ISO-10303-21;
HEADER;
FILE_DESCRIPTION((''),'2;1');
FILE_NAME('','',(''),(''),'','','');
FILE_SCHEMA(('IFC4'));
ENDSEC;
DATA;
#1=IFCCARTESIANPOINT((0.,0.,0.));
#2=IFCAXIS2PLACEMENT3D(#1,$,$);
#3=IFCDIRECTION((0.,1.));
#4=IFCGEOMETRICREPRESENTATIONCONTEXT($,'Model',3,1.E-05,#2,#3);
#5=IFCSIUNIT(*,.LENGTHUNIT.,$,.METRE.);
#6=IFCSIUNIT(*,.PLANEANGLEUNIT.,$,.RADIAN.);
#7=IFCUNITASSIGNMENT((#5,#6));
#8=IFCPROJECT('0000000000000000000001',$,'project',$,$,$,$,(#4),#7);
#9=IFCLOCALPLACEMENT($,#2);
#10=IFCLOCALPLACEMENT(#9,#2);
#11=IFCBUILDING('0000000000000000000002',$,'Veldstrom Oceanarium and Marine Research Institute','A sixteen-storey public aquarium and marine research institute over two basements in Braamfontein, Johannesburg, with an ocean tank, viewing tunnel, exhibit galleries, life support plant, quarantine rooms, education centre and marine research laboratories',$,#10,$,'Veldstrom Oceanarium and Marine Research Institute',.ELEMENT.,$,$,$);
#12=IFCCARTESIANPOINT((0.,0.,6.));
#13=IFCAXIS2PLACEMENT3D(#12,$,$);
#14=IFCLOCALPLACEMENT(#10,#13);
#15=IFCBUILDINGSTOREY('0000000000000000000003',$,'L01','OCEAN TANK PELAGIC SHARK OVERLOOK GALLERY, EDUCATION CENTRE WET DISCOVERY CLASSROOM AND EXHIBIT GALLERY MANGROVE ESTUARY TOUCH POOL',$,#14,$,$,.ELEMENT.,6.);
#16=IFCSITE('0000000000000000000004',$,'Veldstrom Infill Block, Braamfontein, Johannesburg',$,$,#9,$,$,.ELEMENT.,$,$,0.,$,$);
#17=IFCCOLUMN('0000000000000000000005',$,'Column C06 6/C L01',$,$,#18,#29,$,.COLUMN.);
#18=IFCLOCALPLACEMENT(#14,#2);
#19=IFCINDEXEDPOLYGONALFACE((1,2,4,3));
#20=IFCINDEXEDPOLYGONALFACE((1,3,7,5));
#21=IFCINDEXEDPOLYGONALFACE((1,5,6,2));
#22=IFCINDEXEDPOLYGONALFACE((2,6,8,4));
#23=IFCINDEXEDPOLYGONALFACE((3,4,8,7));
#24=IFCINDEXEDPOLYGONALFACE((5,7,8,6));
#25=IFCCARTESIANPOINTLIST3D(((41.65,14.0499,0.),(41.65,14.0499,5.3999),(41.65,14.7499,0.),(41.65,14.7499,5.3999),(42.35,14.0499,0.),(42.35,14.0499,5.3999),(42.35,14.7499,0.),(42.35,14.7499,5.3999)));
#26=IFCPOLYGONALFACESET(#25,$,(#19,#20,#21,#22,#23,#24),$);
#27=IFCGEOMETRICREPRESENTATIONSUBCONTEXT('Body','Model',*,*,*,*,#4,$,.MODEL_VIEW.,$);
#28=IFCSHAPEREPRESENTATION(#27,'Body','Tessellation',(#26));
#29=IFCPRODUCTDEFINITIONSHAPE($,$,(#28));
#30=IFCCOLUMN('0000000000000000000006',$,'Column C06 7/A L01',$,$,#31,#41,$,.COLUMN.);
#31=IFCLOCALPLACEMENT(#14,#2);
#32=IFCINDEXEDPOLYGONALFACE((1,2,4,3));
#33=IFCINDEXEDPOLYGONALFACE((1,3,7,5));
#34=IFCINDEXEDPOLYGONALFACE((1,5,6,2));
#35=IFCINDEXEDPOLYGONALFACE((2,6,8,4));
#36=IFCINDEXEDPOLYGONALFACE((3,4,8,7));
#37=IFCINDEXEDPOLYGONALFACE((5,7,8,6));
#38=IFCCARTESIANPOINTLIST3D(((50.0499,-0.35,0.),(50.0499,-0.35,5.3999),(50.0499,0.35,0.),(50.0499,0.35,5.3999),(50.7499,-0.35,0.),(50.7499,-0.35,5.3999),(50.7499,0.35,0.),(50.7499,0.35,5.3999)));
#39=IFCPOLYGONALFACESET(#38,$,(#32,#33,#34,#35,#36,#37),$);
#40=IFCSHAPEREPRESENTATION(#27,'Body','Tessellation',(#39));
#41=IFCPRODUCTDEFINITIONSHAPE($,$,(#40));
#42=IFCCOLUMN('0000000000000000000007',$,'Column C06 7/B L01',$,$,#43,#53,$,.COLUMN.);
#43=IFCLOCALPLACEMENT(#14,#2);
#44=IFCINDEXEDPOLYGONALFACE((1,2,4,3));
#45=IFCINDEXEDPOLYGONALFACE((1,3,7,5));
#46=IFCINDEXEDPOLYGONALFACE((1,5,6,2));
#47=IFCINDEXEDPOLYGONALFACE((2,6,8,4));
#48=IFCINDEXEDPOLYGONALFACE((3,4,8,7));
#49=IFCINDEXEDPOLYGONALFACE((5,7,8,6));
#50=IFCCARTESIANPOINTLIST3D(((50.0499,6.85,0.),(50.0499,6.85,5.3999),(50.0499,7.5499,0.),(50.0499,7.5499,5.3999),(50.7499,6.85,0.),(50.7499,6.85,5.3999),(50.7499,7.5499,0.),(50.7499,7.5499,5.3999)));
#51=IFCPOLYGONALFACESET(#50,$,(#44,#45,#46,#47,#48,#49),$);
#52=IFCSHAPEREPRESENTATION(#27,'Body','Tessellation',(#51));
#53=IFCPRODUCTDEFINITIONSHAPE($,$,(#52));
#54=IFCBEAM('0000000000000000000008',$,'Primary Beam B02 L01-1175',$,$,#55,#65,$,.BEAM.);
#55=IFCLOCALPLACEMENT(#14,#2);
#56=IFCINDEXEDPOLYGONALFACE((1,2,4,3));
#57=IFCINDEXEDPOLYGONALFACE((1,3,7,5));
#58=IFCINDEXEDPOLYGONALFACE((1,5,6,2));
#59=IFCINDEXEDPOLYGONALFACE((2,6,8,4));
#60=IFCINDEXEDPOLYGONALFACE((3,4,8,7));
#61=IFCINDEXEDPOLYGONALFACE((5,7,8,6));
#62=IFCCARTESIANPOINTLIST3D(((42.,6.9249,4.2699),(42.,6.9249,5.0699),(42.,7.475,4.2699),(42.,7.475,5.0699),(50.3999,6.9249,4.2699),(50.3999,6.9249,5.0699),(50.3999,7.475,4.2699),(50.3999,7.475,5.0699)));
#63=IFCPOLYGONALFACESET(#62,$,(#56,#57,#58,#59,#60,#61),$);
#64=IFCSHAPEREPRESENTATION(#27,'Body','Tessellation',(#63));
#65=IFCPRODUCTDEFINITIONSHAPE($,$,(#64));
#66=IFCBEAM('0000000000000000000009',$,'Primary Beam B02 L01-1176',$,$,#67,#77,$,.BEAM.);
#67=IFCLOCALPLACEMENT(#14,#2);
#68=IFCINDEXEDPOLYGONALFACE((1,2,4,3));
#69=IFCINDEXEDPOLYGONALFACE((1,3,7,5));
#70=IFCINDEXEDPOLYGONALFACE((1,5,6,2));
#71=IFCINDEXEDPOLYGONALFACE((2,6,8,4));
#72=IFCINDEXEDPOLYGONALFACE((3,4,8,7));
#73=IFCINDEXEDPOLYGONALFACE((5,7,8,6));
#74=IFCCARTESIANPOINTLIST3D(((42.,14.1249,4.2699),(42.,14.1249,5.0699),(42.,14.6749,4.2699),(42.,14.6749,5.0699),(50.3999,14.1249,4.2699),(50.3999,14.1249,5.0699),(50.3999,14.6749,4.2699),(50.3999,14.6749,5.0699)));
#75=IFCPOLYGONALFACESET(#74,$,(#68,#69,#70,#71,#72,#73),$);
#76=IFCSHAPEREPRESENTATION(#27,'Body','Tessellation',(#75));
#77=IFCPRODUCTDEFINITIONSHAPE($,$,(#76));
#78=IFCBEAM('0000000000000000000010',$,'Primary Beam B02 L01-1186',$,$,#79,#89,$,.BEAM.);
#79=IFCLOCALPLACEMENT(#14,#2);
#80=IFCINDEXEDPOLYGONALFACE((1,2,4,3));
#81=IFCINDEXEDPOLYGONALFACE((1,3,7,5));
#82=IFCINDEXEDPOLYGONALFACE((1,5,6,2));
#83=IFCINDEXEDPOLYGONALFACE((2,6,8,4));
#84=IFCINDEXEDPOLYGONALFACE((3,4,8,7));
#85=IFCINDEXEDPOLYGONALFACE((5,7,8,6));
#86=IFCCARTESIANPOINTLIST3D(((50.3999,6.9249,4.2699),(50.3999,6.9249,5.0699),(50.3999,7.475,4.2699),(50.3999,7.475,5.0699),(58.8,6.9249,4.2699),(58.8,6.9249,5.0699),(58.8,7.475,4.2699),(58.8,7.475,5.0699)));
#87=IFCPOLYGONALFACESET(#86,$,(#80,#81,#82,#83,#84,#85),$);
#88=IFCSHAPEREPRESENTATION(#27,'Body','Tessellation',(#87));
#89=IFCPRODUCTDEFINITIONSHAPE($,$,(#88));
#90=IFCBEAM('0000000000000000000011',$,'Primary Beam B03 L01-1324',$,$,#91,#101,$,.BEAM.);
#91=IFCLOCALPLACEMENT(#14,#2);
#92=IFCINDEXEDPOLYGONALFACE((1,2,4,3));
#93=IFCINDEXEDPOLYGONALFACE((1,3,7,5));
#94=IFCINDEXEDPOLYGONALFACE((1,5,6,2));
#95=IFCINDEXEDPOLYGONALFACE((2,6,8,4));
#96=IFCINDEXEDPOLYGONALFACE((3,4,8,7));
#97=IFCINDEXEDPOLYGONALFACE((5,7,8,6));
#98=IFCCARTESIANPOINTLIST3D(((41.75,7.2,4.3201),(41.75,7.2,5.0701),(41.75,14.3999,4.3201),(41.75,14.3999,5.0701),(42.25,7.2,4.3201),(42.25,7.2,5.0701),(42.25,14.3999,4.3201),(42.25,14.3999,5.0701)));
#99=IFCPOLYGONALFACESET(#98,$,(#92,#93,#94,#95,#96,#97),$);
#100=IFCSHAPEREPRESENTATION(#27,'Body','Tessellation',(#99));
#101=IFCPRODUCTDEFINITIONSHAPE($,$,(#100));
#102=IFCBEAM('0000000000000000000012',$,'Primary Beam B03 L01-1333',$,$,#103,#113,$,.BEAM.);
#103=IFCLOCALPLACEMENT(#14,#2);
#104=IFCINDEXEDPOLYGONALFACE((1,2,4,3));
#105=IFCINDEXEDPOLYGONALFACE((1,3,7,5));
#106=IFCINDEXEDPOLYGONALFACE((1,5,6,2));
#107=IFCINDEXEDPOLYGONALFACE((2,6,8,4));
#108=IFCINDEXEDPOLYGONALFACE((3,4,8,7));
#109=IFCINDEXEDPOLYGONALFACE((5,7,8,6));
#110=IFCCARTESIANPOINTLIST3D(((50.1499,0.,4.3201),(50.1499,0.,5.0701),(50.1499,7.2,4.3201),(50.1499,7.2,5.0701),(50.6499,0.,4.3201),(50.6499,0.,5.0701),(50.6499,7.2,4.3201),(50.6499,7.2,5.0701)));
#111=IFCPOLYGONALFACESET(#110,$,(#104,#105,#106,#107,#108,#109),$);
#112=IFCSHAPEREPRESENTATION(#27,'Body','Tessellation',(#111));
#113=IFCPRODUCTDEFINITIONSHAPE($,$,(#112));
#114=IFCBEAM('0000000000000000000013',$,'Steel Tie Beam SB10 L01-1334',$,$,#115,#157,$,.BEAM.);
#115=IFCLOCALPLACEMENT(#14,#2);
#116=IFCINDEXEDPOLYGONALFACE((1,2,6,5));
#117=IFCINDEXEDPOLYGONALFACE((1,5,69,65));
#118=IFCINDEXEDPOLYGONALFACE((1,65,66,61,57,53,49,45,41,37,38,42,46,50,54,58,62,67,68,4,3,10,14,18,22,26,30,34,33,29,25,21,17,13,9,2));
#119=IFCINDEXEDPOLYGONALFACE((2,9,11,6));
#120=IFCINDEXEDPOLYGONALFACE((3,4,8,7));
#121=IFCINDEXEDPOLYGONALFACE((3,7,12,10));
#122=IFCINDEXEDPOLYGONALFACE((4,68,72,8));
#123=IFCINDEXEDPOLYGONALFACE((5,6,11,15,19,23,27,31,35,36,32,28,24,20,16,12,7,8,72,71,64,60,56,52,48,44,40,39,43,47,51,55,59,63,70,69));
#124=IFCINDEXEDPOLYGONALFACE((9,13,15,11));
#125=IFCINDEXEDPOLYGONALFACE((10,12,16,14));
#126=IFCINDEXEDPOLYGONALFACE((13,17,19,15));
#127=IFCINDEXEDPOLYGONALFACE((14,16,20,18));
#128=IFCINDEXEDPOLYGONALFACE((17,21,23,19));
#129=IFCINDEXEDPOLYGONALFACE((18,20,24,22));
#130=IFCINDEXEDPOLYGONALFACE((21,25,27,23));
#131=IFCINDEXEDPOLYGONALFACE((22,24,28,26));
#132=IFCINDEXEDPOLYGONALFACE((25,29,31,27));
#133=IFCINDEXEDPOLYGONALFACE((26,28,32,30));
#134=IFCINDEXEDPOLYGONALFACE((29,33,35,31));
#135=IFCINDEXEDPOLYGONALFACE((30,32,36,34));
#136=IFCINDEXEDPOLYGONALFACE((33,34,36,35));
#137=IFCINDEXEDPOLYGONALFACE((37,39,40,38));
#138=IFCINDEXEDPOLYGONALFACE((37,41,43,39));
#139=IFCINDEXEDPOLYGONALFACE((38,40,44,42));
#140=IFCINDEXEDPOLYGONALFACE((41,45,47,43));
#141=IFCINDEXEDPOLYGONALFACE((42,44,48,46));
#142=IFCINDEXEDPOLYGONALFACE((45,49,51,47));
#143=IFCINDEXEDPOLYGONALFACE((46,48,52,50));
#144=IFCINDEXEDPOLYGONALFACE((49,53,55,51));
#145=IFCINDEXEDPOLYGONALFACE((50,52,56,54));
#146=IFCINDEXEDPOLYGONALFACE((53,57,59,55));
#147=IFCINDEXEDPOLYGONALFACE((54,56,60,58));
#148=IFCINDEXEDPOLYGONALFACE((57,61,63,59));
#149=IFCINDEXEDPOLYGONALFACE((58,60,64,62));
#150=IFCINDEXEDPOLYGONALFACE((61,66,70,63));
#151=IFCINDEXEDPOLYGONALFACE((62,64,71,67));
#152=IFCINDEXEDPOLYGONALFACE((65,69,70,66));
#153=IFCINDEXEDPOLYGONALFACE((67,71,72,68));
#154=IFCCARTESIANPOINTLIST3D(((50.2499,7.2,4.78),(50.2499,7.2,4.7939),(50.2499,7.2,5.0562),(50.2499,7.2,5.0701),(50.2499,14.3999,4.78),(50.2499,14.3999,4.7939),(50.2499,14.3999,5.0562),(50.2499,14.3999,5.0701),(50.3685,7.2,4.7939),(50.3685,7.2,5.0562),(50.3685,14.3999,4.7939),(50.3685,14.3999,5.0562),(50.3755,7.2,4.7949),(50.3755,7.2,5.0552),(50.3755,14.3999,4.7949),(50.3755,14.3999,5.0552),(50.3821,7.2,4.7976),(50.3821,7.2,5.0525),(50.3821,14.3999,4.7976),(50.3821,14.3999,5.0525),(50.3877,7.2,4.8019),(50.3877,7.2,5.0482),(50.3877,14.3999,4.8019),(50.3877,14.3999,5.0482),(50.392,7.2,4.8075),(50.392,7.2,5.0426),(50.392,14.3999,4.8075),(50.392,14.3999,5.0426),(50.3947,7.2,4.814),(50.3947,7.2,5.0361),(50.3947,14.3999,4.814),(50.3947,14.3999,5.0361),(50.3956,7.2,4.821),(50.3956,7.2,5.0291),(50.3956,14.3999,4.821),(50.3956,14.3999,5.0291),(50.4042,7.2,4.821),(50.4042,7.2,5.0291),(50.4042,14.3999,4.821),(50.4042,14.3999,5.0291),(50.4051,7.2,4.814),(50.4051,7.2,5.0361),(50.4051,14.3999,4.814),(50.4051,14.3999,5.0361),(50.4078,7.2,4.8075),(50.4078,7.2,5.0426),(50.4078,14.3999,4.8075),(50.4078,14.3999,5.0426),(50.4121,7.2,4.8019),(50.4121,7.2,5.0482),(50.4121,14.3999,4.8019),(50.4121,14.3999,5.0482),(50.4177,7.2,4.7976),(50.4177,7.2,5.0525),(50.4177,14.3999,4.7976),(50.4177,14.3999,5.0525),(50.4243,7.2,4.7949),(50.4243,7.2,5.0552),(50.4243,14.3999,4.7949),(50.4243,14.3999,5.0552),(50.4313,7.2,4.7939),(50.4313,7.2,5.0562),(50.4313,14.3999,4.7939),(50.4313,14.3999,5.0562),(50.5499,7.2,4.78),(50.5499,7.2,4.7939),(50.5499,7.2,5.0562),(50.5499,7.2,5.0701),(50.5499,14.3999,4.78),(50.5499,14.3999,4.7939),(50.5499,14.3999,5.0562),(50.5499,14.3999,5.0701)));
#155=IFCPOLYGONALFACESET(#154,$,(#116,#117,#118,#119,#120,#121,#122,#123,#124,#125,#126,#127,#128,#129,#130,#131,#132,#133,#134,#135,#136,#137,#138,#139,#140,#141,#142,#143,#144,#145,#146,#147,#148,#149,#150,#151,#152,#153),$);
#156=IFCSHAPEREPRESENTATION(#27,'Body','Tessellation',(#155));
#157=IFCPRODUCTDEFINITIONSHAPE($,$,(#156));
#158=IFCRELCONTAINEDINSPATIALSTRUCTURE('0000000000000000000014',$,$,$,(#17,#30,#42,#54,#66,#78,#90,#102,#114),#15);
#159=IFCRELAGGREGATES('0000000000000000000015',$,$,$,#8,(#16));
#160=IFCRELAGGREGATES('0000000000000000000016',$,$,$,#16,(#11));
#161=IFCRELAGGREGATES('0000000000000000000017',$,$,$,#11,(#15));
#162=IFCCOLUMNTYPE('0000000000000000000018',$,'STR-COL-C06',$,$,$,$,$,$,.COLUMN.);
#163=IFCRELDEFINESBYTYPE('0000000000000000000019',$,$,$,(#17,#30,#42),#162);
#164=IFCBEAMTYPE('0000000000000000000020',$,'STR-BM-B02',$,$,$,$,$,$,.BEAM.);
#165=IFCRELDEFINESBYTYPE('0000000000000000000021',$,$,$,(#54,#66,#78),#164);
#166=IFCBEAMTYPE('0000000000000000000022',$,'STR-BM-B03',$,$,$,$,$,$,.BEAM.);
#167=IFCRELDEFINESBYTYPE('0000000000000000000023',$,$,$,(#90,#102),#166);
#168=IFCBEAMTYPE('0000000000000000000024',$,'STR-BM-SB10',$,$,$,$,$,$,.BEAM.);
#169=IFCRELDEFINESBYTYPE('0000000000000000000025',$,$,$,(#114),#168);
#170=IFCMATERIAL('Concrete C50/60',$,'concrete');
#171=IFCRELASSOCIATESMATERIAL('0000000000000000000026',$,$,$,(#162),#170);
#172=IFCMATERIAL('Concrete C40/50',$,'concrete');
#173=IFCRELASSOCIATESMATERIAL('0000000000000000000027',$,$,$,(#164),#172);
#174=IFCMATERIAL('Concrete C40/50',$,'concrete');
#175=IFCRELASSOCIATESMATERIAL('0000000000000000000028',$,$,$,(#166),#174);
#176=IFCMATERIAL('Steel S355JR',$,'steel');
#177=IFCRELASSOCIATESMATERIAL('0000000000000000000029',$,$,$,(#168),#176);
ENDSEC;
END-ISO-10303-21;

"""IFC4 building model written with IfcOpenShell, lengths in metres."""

from ifc_helpers import new_model, si_unit, direction, frame, origin, origin_2d, place, context, subcontext, project, spatial, rectangle, i_section, extrude, material, material_profile, profile_set, type_object, element, save


model = new_model("IFC4")

# Units and contexts
model_context = context("Model", 3, precision=1e-05, world=origin(), true_north=direction((0.0, 1.0)))
body_context = subcontext(model_context, "Body", "Model", "MODEL_VIEW")
ifc_project = project(units=[si_unit("LENGTHUNIT", "METRE"), si_unit("PLANEANGLEUNIT", "RADIAN")], contexts=[model_context])

# Site, building, storey
site_placement = place(None, origin())
site = spatial("IfcSite", under=ifc_project, at=site_placement, Name="Veldstrom Infill Block, Braamfontein, Johannesburg", CompositionType="ELEMENT", RefElevation=0.0)
building_placement = place(site_placement, origin())
building = spatial("IfcBuilding", under=site, at=building_placement, Name="Veldstrom Oceanarium and Marine Research Institute", Description="A sixteen-storey public aquarium and marine research institute over two basements in Braamfontein, Johannesburg, with an ocean tank, viewing tunnel, exhibit galleries, life support plant, quarantine rooms, education centre and marine research laboratories", LongName="Veldstrom Oceanarium and Marine Research Institute", CompositionType="ELEMENT")
storey_placement = place(building_placement, frame((0.0, 0.0, 6.0)))
storey = spatial("IfcBuildingStorey", under=building, at=storey_placement, Name="L01", Description="OCEAN TANK PELAGIC SHARK OVERLOOK GALLERY, EDUCATION CENTRE WET DISCOVERY CLASSROOM AND EXHIBIT GALLERY MANGROVE ESTUARY TOUCH POOL", CompositionType="ELEMENT", Elevation=6.0)

# Columns
ifc_material_1 = material(Name="Concrete C50/60", Category="concrete")
ifc_material_profile_1 = material_profile(ifc_material_1, rectangle(XDim=0.7, YDim=0.7, at=origin_2d()), Name="RC-COL-700x700")
ifc_profile_set_1 = profile_set([ifc_material_profile_1], Name="Concrete C50/60")
column_type = type_object("IfcColumnType", Name="STR-COL-C06", PredefinedType="COLUMN", material=ifc_profile_set_1)
for number, where, z_axis, x_axis, name in (
    (1, (42.0, 14.3999, 0.0), (0.0, 0.0, 1.0), (1.0, 0.0, 0.0), "Column C06 6/C L01"),
    (2, (50.3999, 0.0, 0.0), (0.0, 0.0, 1.0), (1.0, 0.0, 0.0), "Column C06 7/A L01"),
    (3, (50.3999, 7.2, 0.0), (0.0, 0.0, 1.0), (1.0, 0.0, 0.0), "Column C06 7/B L01"),
):
    element("IfcColumn", number, at=place(storey_placement, frame(where, z_axis=z_axis, x_axis=x_axis)), inside=storey, type_object=column_type, Name=name, PredefinedType="COLUMN", context=body_context, shape_type="SweptSolid", body=[
        extrude(rectangle(XDim=0.7, YDim=0.7, at=origin_2d()), origin(), (0.0, 0.0, 1.0), 5.3999),
    ])

# Beams
ifc_material_2 = material(Name="Concrete C40/50", Category="concrete")
ifc_material_profile_2 = material_profile(ifc_material_2, rectangle(XDim=0.55, YDim=0.8, at=origin_2d()), Name="RC-BM-550x800")
ifc_profile_set_2 = profile_set([ifc_material_profile_2], Name="Concrete C40/50")
beam_type_1 = type_object("IfcBeamType", Name="STR-BM-B02", PredefinedType="BEAM", material=ifc_profile_set_2)
for number, where, z_axis, x_axis, name in (
    (4, (42.0, 7.2, 4.6699), (1.0, 0.0, 0.0), (0.0, 1.0, 0.0), "Primary Beam B02 L01-1175"),
    (5, (42.0, 14.3999, 4.6699), (1.0, 0.0, 0.0), (0.0, 1.0, 0.0), "Primary Beam B02 L01-1176"),
):
    element("IfcBeam", number, at=place(storey_placement, frame(where, z_axis=z_axis, x_axis=x_axis)), inside=storey, type_object=beam_type_1, Name=name, PredefinedType="BEAM", context=body_context, shape_type="SweptSolid", body=[
        extrude(rectangle(XDim=0.55, YDim=0.8, at=origin_2d()), origin(), (0.0, 0.0, 1.0), 8.3999),
    ])
beam_1_placement = place(storey_placement, frame((50.3999, 7.2, 4.6699), z_axis=(1.0, 0.0, 0.0), x_axis=(0.0, 1.0, 0.0)))
element("IfcBeam", 6, at=beam_1_placement, inside=storey, type_object=beam_type_1, Name="Primary Beam B02 L01-1186", PredefinedType="BEAM", context=body_context, shape_type="SweptSolid", body=[
    extrude(rectangle(XDim=0.55, YDim=0.8, at=origin_2d()), origin(), (0.0, 0.0, 1.0), 8.4001),
])
ifc_material_3 = material(Name="Concrete C40/50", Category="concrete")
ifc_material_profile_3 = material_profile(ifc_material_3, rectangle(XDim=0.5, YDim=0.75, at=origin_2d()), Name="RC-BM-500x750")
ifc_profile_set_3 = profile_set([ifc_material_profile_3], Name="Concrete C40/50")
beam_type_2 = type_object("IfcBeamType", Name="STR-BM-B03", PredefinedType="BEAM", material=ifc_profile_set_3)
for number, where, z_axis, x_axis, name in (
    (7, (42.0, 7.2, 4.6951), (0.0, 1.0, 0.0), (-1.0, 0.0, 0.0), "Primary Beam B03 L01-1324"),
    (8, (50.3999, 0.0, 4.6951), (0.0, 1.0, 0.0), (-1.0, 0.0, 0.0), "Primary Beam B03 L01-1333"),
):
    element("IfcBeam", number, at=place(storey_placement, frame(where, z_axis=z_axis, x_axis=x_axis)), inside=storey, type_object=beam_type_2, Name=name, PredefinedType="BEAM", context=body_context, shape_type="SweptSolid", body=[
        extrude(rectangle(XDim=0.5, YDim=0.75, at=origin_2d()), origin(), (0.0, 0.0, 1.0), 7.2),
    ])
ifc_material_4 = material(Name="Steel S355JR", Category="steel")
ifc_material_profile_4 = material_profile(ifc_material_4, i_section(OverallWidth=0.3, OverallDepth=0.29, WebThickness=0.0085, FlangeThickness=0.0139, FilletRadius=0.0271, at=origin_2d()), Name="HEA 300")
ifc_profile_set_4 = profile_set([ifc_material_profile_4], Name="Steel S355JR")
beam_type_3 = type_object("IfcBeamType", Name="STR-BM-SB10", PredefinedType="BEAM", material=ifc_profile_set_4)
beam_2_placement = place(storey_placement, frame((50.3999, 7.2, 4.925), z_axis=(0.0, 1.0, 0.0), x_axis=(-1.0, 0.0, 0.0)))
element("IfcBeam", 9, at=beam_2_placement, inside=storey, type_object=beam_type_3, Name="Steel Tie Beam SB10 L01-1334", PredefinedType="BEAM", context=body_context, shape_type="SweptSolid", body=[
    extrude(i_section(OverallWidth=0.3, OverallDepth=0.29, WebThickness=0.0085, FlangeThickness=0.0139, FilletRadius=0.0271, at=origin_2d()), origin(), (0.0, 0.0, 1.0), 7.2),
])

save(model, "model.ifc")
